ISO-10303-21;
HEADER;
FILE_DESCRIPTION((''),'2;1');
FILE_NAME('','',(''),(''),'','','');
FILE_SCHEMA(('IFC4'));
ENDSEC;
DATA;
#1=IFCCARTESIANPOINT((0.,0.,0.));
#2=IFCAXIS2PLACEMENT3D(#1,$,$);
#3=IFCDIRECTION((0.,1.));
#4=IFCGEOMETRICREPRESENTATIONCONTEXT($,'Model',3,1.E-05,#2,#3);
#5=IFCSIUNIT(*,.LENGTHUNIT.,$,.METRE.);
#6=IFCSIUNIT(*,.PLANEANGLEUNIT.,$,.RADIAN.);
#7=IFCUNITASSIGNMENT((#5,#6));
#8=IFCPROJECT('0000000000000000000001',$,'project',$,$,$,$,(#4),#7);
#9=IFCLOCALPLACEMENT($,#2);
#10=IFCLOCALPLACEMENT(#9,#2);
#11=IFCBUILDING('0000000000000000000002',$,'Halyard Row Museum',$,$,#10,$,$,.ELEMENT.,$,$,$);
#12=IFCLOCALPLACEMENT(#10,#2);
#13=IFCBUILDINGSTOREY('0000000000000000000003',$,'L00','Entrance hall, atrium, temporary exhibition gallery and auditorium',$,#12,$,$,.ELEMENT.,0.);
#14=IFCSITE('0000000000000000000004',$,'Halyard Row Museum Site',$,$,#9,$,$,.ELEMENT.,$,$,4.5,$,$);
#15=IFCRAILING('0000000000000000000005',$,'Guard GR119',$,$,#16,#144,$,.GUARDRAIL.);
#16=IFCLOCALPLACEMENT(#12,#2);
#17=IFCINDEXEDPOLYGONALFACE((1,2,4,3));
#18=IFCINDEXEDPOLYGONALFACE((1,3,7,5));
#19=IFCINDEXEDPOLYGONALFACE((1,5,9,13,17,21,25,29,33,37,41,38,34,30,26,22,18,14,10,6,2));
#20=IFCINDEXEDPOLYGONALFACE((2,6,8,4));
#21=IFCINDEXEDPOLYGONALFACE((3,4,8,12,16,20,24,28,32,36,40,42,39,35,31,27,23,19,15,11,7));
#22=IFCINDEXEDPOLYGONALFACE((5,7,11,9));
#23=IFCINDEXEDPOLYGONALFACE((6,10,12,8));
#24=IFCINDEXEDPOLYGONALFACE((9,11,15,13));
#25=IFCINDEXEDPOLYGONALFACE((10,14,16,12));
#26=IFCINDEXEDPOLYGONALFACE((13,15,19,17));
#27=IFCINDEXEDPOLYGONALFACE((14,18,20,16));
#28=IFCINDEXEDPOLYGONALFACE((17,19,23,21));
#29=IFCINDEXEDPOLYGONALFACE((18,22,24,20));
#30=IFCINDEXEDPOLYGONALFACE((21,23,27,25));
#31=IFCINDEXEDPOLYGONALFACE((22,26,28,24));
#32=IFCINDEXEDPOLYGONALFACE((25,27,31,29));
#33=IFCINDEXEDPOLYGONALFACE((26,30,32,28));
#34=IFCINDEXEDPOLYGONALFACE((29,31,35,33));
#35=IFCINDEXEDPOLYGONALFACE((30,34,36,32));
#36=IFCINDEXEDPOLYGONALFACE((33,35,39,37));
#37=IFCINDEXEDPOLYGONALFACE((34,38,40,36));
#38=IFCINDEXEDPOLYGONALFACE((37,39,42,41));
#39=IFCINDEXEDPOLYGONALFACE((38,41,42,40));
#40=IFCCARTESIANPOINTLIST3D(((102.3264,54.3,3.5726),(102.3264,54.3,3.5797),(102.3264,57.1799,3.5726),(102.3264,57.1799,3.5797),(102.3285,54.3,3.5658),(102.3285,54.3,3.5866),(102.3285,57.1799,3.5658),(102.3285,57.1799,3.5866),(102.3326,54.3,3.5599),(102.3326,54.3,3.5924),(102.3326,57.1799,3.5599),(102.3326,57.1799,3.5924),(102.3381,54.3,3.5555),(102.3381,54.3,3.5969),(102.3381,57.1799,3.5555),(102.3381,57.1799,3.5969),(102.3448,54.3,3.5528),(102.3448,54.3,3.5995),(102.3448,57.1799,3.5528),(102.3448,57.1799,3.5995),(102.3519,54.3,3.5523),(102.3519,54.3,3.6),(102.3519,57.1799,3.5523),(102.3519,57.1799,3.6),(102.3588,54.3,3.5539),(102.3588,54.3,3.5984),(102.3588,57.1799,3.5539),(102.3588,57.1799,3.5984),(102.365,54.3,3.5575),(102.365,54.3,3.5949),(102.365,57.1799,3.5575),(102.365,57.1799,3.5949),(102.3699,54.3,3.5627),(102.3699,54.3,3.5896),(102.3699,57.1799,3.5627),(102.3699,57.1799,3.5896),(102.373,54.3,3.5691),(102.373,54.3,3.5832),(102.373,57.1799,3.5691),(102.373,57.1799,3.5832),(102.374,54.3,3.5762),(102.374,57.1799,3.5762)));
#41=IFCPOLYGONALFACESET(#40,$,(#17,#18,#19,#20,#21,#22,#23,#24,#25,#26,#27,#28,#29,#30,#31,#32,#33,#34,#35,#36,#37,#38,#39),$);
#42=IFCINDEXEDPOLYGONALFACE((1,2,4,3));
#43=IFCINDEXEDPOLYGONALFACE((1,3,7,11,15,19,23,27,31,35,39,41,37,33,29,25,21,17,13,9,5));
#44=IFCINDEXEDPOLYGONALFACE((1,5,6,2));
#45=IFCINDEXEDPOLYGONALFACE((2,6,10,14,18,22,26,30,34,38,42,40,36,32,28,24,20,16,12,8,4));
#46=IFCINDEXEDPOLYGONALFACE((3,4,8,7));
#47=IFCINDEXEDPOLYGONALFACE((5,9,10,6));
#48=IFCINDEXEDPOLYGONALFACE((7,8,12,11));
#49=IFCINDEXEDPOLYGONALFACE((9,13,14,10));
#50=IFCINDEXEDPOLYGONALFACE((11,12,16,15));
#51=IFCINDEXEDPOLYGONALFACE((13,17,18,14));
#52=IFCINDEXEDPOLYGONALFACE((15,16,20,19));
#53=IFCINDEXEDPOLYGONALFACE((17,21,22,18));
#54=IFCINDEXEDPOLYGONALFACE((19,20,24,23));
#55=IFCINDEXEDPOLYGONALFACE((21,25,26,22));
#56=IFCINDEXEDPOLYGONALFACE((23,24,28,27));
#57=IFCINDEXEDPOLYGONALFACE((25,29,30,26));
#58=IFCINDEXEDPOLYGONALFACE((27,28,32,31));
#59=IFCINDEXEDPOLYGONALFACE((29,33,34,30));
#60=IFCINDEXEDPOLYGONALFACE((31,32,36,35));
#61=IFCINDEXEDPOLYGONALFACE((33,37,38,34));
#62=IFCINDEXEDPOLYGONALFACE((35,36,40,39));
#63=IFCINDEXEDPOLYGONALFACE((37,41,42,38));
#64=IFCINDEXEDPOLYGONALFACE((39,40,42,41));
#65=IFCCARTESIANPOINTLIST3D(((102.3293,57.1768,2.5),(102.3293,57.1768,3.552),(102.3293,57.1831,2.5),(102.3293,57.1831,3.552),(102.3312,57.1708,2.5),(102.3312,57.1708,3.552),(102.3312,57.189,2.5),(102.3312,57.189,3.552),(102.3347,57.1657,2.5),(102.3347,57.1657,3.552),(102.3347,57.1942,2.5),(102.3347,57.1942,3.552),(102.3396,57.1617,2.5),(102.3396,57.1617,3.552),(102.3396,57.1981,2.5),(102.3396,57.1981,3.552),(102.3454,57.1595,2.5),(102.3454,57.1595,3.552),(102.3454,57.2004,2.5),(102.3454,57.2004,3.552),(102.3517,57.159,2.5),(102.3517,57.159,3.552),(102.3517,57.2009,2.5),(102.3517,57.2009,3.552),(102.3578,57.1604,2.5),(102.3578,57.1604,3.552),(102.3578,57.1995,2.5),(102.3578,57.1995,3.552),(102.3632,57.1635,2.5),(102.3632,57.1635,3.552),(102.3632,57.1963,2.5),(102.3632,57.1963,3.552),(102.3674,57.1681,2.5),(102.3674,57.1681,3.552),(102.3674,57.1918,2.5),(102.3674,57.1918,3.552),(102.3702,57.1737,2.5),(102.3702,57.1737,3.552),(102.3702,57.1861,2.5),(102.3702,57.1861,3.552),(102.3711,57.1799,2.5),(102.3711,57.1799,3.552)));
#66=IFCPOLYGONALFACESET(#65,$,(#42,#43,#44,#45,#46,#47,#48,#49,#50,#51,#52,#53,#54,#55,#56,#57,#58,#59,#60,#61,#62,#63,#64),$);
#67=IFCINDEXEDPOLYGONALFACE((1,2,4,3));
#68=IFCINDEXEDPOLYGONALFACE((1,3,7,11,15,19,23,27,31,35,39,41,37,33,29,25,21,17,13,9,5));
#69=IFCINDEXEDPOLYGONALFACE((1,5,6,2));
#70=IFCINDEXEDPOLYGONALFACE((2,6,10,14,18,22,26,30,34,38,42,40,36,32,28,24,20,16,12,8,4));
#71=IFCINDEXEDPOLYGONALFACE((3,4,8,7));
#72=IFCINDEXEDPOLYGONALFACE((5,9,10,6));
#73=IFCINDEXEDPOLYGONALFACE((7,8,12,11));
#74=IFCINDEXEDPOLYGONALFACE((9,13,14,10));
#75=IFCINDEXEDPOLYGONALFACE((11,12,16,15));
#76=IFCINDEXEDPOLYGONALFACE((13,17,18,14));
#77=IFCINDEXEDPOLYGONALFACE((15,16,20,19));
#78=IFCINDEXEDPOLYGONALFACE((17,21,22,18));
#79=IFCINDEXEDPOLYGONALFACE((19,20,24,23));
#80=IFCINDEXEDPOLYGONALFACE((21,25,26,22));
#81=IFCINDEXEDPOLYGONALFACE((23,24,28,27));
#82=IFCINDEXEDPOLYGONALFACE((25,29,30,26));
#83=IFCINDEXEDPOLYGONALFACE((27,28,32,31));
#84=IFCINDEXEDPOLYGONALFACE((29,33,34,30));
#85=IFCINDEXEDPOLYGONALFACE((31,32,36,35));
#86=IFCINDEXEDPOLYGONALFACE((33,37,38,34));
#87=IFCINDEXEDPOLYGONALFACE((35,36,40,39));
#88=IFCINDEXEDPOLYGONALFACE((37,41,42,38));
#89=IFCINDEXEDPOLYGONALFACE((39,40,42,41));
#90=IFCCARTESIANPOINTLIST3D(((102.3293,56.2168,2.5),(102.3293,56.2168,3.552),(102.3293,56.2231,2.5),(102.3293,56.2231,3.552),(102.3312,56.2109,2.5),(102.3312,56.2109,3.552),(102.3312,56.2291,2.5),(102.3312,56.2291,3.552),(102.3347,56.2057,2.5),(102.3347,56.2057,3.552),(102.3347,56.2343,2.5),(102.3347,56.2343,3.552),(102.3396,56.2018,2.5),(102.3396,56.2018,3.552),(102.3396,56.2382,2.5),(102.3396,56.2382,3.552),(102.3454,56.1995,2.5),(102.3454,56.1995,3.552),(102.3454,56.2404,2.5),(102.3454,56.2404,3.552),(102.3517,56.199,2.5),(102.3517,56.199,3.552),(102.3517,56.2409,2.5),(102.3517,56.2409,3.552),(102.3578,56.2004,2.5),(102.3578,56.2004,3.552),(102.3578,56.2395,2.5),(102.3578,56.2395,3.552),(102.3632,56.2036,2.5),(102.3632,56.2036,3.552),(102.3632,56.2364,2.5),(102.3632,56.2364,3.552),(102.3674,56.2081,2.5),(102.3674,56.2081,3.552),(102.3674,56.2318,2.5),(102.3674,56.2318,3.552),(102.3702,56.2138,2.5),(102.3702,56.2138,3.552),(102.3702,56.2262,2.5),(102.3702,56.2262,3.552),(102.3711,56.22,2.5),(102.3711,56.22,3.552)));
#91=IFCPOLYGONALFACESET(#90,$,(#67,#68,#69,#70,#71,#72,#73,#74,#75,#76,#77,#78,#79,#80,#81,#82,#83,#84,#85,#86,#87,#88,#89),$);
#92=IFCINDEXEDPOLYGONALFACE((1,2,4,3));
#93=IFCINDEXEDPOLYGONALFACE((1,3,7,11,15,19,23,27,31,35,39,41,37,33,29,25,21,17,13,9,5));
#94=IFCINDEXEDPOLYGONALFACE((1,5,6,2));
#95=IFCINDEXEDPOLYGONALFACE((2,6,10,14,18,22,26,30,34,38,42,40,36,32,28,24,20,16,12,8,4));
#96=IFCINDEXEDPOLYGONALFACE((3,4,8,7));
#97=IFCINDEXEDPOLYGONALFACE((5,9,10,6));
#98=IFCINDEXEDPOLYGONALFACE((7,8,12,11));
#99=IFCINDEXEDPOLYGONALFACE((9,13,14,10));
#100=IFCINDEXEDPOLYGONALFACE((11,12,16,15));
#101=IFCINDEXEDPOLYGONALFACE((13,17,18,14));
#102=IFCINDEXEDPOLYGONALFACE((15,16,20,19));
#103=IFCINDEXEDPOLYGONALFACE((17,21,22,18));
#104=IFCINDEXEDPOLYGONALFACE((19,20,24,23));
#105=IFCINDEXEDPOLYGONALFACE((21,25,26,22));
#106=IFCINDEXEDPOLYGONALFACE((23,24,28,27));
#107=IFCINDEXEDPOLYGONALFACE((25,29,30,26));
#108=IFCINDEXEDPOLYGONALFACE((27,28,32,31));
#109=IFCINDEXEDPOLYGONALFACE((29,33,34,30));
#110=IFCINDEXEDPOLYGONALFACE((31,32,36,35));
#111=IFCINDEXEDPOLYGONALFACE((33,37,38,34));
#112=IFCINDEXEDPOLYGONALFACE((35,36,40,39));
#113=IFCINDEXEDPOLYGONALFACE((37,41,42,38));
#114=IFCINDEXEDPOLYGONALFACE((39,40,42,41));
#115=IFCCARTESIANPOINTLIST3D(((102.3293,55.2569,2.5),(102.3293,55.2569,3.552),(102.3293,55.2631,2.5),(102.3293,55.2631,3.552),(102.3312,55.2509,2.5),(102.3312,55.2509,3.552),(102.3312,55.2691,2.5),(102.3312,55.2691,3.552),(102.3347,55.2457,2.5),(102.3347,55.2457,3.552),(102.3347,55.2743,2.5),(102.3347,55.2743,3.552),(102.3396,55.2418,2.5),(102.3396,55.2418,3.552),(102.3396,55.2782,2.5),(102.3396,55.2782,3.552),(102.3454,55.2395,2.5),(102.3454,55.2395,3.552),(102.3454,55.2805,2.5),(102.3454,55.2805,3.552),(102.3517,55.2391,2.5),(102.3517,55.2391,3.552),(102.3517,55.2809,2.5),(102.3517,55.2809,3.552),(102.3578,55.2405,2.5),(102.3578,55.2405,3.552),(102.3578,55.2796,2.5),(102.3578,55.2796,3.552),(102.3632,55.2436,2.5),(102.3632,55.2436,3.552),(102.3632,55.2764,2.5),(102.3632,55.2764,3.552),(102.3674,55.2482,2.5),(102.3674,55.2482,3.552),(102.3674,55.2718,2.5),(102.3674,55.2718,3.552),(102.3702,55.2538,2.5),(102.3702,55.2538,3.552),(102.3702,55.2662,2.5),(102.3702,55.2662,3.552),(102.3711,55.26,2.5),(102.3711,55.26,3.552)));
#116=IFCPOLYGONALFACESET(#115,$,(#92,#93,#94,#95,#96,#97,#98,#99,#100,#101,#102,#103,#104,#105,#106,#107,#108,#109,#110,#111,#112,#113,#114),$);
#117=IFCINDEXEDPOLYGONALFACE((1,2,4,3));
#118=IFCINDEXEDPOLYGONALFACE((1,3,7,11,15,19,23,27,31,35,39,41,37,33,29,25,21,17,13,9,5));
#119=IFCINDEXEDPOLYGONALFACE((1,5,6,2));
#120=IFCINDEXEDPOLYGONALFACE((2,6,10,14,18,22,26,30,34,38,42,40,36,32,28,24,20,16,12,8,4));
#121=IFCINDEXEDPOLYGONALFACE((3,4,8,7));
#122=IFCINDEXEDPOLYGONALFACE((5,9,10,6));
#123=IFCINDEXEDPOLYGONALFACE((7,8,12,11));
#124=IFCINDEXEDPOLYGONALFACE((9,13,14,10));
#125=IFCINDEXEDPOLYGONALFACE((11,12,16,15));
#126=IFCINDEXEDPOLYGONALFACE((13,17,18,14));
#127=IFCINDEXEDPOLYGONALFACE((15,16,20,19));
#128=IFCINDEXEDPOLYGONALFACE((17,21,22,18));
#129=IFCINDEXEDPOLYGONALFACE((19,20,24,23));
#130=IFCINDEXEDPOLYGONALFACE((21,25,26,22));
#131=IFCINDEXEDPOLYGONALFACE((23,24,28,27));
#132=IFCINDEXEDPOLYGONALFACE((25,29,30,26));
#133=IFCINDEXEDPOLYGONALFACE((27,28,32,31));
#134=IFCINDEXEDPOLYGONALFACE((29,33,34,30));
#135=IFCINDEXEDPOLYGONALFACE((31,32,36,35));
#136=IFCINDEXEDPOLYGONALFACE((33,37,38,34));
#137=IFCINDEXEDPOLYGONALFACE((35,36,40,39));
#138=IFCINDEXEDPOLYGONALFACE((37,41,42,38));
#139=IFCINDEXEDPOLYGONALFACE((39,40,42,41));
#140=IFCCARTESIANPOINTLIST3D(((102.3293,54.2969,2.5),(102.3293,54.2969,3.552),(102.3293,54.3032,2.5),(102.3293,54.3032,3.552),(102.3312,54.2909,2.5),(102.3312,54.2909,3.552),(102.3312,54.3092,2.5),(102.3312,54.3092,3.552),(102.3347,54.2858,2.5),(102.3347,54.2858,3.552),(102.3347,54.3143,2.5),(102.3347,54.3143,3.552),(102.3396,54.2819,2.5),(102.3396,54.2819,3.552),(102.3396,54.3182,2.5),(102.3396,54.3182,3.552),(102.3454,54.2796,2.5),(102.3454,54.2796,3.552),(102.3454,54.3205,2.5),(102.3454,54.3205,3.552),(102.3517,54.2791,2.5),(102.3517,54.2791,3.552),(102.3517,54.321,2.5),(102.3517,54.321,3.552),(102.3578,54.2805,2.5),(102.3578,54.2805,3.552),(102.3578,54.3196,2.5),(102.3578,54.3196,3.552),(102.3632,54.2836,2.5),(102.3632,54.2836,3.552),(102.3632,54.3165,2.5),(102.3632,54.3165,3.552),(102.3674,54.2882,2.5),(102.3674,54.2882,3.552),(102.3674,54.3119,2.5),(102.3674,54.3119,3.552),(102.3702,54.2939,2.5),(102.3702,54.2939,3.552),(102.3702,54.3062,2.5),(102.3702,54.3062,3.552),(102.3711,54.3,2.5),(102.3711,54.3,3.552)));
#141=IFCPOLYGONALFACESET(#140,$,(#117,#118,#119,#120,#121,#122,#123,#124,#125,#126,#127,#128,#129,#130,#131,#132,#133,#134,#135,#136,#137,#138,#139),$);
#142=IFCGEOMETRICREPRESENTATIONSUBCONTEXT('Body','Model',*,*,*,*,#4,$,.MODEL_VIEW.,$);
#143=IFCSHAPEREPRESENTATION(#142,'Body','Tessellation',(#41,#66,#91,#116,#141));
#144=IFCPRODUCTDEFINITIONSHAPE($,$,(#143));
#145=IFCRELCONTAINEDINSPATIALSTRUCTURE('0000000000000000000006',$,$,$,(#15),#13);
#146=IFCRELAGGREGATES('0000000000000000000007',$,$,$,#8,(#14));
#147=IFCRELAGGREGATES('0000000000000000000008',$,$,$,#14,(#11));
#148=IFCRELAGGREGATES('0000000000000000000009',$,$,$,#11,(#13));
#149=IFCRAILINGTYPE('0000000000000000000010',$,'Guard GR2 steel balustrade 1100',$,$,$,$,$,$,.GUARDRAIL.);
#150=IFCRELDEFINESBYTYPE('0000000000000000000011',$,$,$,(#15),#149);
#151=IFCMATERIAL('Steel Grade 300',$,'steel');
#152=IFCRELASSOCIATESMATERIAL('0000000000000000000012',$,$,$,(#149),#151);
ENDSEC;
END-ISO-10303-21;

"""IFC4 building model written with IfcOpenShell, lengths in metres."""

from ifc_helpers import new_model, si_unit, direction, frame, origin, origin_2d, place, context, subcontext, project, spatial, circle, extrude, material, type_object, element, save


model = new_model("IFC4")

# Units and contexts
model_context = context("Model", 3, precision=1e-05, world=origin(), true_north=direction((0.0, 1.0)))
body_context = subcontext(model_context, "Body", "Model", "MODEL_VIEW")
ifc_project = project(units=[si_unit("LENGTHUNIT", "METRE"), si_unit("PLANEANGLEUNIT", "RADIAN")], contexts=[model_context])

# Site, building, storey
site_placement = place(None, origin())
site = spatial("IfcSite", under=ifc_project, at=site_placement, Name="Halyard Row Museum Site", CompositionType="ELEMENT", RefElevation=4.5)
building_placement = place(site_placement, origin())
building = spatial("IfcBuilding", under=site, at=building_placement, Name="Halyard Row Museum", CompositionType="ELEMENT")
storey_placement = place(building_placement, origin())
storey = spatial("IfcBuildingStorey", under=building, at=storey_placement, Name="L00", Description="Entrance hall, atrium, temporary exhibition gallery and auditorium", CompositionType="ELEMENT", Elevation=0.0)

# Railing
ifc_material_1 = material(Name="Steel Grade 300", Category="steel")
railing_type_1 = type_object("IfcRailingType", Name="Guard GR2 steel balustrade 1100", PredefinedType="GUARDRAIL", material=ifc_material_1)
railing_1_placement = place(storey_placement, frame((102.3501, 57.1799, 2.5)))
element("IfcRailing", 1, at=railing_1_placement, inside=storey, type_object=railing_type_1, Name="Guard GR119", PredefinedType="GUARDRAIL", context=body_context, shape_type="SweptSolid", body=[
    extrude(circle(Radius=0.0239, at=origin_2d()), frame((0.0, 0.0, 1.0762), z_axis=(0.0, -1.0, 0.0), x_axis=(1.0, 0.0, 0.0)), (0.0, 0.0, 1.0), 2.8799),
    extrude(circle(Radius=0.021, at=origin_2d()), origin(), (0.0, 0.0, 1.0), 1.052),
    extrude(circle(Radius=0.021, at=origin_2d()), frame((0.0, -0.96, 0.0)), (0.0, 0.0, 1.0), 1.052),
    extrude(circle(Radius=0.021, at=origin_2d()), frame((0.0, -1.9199, 0.0)), (0.0, 0.0, 1.0), 1.052),
    extrude(circle(Radius=0.021, at=origin_2d()), frame((0.0, -2.8799, 0.0)), (0.0, 0.0, 1.0), 1.052),
])

save(model, "model.ifc")
